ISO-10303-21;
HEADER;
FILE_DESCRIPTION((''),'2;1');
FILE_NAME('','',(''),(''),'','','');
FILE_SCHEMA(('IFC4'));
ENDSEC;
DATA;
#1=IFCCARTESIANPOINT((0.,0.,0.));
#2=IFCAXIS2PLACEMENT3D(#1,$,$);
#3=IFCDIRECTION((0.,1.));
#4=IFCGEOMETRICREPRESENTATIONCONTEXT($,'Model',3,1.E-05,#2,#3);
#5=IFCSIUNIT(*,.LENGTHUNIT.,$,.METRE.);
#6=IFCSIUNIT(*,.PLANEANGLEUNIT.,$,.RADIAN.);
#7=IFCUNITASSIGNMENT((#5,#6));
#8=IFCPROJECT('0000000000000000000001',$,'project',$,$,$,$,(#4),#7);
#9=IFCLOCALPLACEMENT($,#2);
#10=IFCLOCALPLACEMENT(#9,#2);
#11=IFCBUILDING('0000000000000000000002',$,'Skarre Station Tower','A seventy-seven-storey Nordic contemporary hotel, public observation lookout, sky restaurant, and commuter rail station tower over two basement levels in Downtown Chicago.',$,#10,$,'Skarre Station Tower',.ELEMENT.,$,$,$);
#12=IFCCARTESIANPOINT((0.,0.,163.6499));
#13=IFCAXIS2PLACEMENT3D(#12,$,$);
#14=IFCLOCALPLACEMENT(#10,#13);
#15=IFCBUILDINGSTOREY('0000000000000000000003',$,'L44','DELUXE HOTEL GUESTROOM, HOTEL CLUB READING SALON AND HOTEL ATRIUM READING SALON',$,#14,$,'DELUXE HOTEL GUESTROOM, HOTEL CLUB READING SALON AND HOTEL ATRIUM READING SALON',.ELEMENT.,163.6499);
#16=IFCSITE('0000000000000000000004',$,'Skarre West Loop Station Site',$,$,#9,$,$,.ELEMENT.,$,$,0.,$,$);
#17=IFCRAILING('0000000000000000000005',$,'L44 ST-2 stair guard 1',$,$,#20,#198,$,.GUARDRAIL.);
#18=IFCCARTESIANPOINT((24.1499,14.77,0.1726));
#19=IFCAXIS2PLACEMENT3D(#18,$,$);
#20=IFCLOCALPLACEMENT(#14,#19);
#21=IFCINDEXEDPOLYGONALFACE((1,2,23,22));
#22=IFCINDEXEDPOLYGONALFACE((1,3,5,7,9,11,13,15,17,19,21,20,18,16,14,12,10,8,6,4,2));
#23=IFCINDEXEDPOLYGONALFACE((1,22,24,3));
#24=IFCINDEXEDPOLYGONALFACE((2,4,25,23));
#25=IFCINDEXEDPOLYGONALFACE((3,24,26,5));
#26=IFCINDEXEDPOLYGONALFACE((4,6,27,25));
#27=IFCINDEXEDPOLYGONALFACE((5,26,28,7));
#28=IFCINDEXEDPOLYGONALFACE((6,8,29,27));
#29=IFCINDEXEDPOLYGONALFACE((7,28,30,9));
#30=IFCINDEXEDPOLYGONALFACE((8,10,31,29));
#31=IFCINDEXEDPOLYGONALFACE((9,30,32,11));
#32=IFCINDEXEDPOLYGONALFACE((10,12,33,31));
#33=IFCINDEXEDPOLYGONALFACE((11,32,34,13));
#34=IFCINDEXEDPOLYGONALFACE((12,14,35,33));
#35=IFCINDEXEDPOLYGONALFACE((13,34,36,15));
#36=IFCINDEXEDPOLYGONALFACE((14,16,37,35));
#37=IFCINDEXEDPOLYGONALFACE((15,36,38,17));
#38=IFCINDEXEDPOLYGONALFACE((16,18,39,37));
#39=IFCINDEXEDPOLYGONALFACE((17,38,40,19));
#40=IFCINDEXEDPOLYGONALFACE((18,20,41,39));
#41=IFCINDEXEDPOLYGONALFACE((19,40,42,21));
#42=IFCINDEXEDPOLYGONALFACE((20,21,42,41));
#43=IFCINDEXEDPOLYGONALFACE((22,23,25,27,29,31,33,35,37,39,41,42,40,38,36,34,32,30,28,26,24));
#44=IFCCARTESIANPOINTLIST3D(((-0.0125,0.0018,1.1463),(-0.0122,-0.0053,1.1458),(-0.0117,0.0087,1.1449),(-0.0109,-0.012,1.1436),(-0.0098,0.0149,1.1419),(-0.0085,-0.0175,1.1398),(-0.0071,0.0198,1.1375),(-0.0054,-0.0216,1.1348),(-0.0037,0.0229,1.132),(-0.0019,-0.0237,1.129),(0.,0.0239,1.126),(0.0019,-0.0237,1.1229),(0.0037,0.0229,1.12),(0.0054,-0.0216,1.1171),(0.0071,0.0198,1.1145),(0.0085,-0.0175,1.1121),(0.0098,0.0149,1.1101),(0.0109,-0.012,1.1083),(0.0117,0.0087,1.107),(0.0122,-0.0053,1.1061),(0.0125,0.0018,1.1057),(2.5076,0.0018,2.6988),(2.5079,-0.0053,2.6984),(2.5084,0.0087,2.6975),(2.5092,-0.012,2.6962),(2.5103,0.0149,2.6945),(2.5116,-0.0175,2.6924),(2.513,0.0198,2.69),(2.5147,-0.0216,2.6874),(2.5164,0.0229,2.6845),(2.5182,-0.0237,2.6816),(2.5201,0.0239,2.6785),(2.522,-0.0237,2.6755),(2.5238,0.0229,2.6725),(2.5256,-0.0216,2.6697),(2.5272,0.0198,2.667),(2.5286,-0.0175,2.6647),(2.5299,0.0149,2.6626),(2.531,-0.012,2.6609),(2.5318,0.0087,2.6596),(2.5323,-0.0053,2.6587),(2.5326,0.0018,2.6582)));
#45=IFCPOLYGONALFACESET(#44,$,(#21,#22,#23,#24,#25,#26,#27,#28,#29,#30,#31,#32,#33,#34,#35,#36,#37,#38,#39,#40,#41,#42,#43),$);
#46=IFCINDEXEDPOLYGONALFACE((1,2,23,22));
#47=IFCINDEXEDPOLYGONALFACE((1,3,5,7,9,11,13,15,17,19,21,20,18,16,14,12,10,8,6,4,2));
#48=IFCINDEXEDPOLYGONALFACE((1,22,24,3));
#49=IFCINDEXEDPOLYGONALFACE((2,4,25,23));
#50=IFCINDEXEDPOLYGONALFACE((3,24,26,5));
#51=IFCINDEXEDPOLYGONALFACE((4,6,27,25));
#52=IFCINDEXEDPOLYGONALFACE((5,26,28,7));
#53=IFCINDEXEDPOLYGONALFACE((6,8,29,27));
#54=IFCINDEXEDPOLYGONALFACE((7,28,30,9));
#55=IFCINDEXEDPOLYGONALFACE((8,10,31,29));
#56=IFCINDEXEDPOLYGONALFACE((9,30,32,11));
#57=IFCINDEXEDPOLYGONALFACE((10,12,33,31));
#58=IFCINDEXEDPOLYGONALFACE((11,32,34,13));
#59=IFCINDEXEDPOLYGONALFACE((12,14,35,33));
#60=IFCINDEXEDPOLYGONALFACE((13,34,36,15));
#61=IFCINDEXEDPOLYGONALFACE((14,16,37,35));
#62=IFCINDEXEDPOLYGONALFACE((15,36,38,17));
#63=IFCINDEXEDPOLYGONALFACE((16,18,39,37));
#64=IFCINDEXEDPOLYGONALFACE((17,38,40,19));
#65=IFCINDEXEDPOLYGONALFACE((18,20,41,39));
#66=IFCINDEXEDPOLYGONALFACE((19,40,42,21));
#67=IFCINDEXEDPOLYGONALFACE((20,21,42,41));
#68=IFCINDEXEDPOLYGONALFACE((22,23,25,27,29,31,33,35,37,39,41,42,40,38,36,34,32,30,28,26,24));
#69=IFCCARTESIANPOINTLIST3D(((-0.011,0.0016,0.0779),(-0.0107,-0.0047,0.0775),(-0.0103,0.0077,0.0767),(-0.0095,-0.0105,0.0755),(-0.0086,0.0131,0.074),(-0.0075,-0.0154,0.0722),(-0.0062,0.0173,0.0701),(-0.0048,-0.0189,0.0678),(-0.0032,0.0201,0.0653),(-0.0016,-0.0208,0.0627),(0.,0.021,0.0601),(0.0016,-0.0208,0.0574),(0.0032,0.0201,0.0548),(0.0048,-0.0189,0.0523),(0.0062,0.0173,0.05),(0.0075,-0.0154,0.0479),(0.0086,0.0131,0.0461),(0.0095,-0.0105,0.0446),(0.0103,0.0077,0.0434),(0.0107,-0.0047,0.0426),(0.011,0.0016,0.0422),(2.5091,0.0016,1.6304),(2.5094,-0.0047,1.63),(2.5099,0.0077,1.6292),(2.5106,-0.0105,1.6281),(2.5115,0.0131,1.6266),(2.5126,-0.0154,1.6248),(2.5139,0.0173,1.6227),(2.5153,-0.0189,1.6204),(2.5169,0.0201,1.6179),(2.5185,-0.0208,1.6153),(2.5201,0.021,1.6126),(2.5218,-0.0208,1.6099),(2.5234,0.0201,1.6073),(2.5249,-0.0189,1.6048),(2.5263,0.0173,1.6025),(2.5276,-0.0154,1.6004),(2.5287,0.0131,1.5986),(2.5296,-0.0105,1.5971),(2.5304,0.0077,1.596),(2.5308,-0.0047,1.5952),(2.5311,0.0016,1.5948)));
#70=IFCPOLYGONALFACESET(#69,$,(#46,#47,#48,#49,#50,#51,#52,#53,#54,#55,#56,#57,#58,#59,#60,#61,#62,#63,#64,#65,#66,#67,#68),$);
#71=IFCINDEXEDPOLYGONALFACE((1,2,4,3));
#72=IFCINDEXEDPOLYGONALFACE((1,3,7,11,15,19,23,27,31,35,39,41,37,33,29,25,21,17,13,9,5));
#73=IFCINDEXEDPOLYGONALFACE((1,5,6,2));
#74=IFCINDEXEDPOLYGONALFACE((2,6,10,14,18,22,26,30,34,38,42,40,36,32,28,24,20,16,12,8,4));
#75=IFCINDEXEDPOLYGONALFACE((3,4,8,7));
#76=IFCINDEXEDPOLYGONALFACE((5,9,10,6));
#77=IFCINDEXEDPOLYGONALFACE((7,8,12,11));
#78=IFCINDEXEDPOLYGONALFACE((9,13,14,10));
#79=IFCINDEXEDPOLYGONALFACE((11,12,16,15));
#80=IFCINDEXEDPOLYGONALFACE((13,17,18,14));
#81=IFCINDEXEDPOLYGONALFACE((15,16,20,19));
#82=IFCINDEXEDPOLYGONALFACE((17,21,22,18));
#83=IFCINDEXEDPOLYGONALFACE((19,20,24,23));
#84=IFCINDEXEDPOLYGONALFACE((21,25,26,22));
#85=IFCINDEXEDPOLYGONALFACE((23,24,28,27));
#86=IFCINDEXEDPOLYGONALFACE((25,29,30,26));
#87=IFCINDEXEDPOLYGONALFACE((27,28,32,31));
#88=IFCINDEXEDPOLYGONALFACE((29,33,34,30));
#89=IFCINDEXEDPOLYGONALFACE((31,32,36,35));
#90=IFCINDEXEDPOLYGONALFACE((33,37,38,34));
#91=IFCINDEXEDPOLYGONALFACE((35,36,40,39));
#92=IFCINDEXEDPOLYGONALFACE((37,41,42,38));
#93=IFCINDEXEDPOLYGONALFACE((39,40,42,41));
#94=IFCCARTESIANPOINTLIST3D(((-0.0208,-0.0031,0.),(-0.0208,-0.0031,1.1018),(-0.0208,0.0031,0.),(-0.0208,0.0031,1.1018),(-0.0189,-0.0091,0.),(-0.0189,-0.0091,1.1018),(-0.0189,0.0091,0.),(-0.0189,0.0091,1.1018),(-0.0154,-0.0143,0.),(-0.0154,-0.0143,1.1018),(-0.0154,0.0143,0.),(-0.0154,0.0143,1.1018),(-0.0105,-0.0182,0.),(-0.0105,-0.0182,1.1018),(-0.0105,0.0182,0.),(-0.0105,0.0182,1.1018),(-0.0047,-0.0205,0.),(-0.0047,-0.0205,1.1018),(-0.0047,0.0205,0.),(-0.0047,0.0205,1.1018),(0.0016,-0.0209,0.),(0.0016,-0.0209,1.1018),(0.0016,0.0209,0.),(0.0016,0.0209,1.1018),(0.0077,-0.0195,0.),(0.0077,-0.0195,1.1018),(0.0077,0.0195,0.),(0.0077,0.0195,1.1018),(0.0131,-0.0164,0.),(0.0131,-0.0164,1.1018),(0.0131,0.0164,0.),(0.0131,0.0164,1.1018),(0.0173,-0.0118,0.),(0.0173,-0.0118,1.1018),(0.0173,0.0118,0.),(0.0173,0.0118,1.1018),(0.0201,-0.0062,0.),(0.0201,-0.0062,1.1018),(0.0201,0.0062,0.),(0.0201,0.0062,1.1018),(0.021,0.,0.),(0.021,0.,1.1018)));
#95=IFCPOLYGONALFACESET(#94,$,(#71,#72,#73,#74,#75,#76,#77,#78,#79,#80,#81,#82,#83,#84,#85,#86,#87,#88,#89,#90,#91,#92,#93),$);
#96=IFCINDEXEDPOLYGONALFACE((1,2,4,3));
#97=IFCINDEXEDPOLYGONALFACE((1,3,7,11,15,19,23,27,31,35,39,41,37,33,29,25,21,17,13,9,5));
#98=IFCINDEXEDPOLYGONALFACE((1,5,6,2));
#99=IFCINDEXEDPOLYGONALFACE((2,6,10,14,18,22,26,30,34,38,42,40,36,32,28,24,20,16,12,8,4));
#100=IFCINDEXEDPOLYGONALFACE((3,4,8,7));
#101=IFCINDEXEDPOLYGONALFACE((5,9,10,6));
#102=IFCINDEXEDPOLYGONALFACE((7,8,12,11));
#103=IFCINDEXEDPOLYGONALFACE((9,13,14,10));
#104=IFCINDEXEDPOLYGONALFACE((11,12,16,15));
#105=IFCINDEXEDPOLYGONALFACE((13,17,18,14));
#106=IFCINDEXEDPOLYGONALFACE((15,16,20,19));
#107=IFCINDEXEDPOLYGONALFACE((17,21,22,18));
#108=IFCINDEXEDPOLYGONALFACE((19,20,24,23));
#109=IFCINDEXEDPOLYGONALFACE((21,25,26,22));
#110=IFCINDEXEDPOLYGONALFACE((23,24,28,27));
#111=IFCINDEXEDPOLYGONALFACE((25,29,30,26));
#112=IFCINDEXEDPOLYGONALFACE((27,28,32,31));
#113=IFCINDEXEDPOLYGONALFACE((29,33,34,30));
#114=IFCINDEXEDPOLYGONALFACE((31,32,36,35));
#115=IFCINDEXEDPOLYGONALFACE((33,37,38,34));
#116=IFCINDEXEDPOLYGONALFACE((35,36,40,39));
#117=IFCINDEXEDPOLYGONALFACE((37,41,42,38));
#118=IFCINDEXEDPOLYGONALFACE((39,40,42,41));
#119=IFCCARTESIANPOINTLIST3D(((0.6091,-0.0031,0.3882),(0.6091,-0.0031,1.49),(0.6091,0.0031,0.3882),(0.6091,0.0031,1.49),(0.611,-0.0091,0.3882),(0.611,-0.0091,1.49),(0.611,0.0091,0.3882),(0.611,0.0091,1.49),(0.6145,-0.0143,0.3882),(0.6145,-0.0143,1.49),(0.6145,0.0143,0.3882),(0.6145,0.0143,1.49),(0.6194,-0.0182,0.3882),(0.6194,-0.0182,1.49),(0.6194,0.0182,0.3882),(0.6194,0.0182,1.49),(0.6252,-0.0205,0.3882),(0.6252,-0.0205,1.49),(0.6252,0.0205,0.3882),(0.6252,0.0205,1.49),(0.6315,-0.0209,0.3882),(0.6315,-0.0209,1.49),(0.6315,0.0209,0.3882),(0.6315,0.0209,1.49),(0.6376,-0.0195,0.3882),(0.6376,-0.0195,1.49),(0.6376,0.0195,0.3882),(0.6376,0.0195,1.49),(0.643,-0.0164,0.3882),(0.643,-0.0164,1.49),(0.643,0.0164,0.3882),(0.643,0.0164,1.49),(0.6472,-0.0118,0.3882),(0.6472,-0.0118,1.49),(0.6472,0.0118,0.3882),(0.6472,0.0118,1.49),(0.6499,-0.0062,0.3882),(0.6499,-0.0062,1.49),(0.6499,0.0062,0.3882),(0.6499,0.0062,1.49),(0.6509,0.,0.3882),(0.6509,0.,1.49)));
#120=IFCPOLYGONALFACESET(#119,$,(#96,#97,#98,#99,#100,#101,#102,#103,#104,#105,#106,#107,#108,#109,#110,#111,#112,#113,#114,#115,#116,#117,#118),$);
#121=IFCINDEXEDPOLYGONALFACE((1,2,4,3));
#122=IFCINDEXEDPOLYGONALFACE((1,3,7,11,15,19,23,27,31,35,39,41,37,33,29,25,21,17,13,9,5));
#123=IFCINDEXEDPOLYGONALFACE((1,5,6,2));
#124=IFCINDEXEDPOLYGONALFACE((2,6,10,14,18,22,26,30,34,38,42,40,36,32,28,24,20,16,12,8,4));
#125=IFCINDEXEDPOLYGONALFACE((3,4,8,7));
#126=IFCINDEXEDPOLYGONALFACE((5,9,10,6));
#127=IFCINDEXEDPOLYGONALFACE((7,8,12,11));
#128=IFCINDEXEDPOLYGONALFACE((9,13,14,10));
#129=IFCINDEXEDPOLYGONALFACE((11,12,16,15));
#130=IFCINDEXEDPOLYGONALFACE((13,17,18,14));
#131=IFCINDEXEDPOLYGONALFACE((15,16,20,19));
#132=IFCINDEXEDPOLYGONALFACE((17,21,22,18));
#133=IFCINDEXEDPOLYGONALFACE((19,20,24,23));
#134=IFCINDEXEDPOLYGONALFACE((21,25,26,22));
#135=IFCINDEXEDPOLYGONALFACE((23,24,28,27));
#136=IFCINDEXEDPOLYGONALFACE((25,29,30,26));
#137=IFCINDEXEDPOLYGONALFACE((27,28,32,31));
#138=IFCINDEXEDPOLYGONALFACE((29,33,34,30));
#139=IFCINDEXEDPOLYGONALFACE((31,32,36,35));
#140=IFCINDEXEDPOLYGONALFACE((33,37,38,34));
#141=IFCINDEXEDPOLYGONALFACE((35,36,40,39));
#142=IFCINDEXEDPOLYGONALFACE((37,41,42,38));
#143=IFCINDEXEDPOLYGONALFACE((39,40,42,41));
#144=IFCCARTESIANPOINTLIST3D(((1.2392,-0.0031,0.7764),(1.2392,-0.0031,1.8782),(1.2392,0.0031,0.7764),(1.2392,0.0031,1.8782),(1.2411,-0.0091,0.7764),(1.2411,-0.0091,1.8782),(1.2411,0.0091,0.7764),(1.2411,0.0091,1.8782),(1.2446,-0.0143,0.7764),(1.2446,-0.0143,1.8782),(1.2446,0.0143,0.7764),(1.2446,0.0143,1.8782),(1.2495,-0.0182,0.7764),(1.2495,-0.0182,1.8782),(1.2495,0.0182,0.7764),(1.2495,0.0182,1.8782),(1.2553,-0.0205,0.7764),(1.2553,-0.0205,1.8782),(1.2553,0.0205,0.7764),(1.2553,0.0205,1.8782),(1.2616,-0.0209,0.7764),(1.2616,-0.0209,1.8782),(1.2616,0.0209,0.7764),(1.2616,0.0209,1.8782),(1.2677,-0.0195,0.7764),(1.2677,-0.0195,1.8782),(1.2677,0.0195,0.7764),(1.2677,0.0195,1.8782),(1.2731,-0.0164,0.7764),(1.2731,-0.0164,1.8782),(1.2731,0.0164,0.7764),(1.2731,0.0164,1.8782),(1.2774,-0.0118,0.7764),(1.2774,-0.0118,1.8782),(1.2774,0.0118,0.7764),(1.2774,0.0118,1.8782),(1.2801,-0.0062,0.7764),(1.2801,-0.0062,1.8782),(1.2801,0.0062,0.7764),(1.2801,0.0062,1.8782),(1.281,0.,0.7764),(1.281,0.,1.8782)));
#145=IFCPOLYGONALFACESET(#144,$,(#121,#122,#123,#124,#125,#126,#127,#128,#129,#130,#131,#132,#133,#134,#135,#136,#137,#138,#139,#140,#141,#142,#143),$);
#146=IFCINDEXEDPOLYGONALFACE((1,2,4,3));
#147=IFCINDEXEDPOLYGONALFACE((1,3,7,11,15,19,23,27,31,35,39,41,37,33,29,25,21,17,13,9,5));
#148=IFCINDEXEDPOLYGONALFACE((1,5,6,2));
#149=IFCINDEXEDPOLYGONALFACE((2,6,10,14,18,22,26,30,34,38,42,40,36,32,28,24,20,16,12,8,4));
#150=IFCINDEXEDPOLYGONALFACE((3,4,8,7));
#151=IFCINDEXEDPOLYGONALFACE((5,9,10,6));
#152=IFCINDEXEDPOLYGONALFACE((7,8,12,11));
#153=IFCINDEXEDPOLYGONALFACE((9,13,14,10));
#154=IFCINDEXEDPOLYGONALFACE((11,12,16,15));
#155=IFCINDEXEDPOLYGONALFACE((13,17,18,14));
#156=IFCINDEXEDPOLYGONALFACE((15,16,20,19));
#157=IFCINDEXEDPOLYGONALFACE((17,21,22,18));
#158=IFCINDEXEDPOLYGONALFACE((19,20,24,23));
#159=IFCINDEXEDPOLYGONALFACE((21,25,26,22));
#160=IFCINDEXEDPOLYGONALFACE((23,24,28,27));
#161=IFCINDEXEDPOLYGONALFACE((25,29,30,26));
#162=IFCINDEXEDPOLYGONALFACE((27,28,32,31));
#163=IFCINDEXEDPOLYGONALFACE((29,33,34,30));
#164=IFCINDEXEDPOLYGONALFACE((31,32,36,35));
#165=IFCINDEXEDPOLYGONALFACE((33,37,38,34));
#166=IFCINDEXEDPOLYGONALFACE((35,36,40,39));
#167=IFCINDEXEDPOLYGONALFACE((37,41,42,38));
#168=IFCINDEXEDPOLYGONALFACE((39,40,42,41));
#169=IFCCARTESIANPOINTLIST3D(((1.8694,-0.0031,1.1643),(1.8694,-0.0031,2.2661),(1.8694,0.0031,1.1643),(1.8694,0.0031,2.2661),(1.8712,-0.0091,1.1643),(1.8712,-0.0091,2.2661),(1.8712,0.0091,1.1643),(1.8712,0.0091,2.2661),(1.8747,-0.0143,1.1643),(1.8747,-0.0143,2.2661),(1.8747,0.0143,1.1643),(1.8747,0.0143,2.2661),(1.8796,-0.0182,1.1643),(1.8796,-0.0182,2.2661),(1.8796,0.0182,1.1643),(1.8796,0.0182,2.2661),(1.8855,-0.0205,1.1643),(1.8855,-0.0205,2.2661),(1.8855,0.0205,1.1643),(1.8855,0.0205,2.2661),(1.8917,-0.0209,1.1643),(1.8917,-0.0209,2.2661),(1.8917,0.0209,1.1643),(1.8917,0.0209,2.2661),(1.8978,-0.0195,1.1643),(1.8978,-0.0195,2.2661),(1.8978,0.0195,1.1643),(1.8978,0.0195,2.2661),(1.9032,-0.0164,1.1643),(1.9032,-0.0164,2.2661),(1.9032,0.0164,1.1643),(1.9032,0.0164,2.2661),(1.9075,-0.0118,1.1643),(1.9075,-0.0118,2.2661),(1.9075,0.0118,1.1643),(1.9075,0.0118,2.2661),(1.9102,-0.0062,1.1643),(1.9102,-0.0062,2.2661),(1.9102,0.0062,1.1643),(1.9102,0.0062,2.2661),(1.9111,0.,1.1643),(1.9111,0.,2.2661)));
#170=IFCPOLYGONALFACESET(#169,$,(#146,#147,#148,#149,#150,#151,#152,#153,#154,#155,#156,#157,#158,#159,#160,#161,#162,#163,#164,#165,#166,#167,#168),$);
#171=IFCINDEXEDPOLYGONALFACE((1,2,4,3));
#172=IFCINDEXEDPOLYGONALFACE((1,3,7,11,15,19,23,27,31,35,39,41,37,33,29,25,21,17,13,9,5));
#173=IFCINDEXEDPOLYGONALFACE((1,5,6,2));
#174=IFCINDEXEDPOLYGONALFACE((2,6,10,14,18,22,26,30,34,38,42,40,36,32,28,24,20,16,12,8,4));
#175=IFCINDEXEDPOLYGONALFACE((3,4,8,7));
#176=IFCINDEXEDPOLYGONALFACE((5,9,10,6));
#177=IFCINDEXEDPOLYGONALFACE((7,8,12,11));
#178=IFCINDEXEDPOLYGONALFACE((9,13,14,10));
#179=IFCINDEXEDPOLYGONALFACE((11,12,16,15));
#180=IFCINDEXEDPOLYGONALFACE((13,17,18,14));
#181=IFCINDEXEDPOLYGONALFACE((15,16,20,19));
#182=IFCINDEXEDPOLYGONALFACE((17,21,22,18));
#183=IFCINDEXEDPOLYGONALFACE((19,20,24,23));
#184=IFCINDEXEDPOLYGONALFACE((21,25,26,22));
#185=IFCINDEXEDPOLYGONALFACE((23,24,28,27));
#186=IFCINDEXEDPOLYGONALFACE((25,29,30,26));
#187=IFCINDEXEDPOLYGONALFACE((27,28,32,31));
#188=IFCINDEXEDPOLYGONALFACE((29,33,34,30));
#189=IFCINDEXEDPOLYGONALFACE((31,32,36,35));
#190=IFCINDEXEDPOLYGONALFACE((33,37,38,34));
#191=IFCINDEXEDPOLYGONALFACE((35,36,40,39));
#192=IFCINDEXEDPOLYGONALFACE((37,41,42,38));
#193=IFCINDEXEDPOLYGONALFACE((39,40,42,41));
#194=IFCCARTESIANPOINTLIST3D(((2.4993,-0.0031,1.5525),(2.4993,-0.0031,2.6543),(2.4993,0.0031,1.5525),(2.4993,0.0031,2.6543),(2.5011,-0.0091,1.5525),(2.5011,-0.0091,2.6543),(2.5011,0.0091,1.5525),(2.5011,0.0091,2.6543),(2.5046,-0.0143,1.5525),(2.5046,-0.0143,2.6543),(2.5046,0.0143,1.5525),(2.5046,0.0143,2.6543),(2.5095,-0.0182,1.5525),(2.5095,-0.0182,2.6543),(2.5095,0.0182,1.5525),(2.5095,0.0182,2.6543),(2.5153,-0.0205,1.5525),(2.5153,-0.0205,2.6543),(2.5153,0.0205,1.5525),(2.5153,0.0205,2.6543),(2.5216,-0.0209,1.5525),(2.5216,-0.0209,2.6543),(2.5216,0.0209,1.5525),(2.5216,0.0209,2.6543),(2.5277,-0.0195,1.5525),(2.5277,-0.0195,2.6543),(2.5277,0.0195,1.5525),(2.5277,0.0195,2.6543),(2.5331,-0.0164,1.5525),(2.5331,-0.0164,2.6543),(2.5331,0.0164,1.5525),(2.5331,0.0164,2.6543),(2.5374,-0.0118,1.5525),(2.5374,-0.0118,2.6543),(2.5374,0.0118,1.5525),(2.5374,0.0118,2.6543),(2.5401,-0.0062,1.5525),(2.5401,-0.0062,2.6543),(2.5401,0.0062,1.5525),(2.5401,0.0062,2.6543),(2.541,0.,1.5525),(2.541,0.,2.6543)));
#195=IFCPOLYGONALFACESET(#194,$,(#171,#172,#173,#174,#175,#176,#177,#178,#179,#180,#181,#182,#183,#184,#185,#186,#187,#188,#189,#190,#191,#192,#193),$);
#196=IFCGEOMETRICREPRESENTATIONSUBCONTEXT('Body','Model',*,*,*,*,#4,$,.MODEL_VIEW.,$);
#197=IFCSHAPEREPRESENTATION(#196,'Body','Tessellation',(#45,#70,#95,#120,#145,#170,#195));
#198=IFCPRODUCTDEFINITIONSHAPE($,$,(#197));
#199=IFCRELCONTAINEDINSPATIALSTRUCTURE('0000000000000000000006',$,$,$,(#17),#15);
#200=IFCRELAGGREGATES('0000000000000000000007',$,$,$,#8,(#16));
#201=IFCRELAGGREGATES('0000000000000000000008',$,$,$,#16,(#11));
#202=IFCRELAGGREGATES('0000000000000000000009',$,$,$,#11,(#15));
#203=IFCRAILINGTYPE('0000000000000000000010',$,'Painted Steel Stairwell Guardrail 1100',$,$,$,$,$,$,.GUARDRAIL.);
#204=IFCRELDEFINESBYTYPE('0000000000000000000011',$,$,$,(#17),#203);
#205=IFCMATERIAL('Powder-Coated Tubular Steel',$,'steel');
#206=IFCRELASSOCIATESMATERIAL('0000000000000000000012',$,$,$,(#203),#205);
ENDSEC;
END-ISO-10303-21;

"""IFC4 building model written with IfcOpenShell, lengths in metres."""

from ifc_helpers import new_model, si_unit, direction, frame, origin, origin_2d, place, context, subcontext, project, spatial, circle, extrude, material, type_object, element, save


model = new_model("IFC4")

# Units and contexts
model_context = context("Model", 3, precision=1e-05, world=origin(), true_north=direction((0.0, 1.0)))
body_context = subcontext(model_context, "Body", "Model", "MODEL_VIEW")
ifc_project = project(units=[si_unit("LENGTHUNIT", "METRE"), si_unit("PLANEANGLEUNIT", "RADIAN")], contexts=[model_context])

# Site, building, storey
site_placement = place(None, origin())
site = spatial("IfcSite", under=ifc_project, at=site_placement, Name="Skarre West Loop Station Site", CompositionType="ELEMENT", RefElevation=0.0)
building_placement = place(site_placement, origin())
building = spatial("IfcBuilding", under=site, at=building_placement, Name="Skarre Station Tower", Description="A seventy-seven-storey Nordic contemporary hotel, public observation lookout, sky restaurant, and commuter rail station tower over two basement levels in Downtown Chicago.", LongName="Skarre Station Tower", CompositionType="ELEMENT")
storey_placement = place(building_placement, frame((0.0, 0.0, 163.6499)))
storey = spatial("IfcBuildingStorey", under=building, at=storey_placement, Name="L44", Description="DELUXE HOTEL GUESTROOM, HOTEL CLUB READING SALON AND HOTEL ATRIUM READING SALON", LongName="DELUXE HOTEL GUESTROOM, HOTEL CLUB READING SALON AND HOTEL ATRIUM READING SALON", CompositionType="ELEMENT", Elevation=163.6499)

# Railing
ifc_material_1 = material(Name="Powder-Coated Tubular Steel", Category="steel")
railing_type_1 = type_object("IfcRailingType", Name="Painted Steel Stairwell Guardrail 1100", PredefinedType="GUARDRAIL", material=ifc_material_1)
railing_1_placement = place(storey_placement, frame((24.1499, 14.77, 0.1726)))
element("IfcRailing", 1, at=railing_1_placement, inside=storey, type_object=railing_type_1, Name="L44 ST-2 stair guard 1", PredefinedType="GUARDRAIL", context=body_context, shape_type="SweptSolid", body=[
    extrude(circle(Radius=0.0239, at=origin_2d()), frame((0.0, 0.0, 1.126), z_axis=(0.8514, 0.0, 0.524516), x_axis=(0.0, 1.0, 0.0)), (0.0, 0.0, 1.0), 2.96),
    extrude(circle(Radius=0.021, at=origin_2d()), frame((0.0, 0.0, 0.0601), z_axis=(0.8514, 0.0, 0.524516), x_axis=(0.0, 1.0, 0.0)), (0.0, 0.0, 1.0), 2.96),
    extrude(circle(Radius=0.021, at=origin_2d()), origin(), (0.0, 0.0, 1.0), 1.1018),
    extrude(circle(Radius=0.021, at=origin_2d()), frame((0.6299, 0.0, 0.3882)), (0.0, 0.0, 1.0), 1.1018),
    extrude(circle(Radius=0.021, at=origin_2d()), frame((1.26, 0.0, 0.7764)), (0.0, 0.0, 1.0), 1.1018),
    extrude(circle(Radius=0.021, at=origin_2d()), frame((1.8901, 0.0, 1.1643)), (0.0, 0.0, 1.0), 1.1018),
    extrude(circle(Radius=0.021, at=origin_2d()), frame((2.52, 0.0, 1.5525)), (0.0, 0.0, 1.0), 1.1018),
])

save(model, "model.ifc")
